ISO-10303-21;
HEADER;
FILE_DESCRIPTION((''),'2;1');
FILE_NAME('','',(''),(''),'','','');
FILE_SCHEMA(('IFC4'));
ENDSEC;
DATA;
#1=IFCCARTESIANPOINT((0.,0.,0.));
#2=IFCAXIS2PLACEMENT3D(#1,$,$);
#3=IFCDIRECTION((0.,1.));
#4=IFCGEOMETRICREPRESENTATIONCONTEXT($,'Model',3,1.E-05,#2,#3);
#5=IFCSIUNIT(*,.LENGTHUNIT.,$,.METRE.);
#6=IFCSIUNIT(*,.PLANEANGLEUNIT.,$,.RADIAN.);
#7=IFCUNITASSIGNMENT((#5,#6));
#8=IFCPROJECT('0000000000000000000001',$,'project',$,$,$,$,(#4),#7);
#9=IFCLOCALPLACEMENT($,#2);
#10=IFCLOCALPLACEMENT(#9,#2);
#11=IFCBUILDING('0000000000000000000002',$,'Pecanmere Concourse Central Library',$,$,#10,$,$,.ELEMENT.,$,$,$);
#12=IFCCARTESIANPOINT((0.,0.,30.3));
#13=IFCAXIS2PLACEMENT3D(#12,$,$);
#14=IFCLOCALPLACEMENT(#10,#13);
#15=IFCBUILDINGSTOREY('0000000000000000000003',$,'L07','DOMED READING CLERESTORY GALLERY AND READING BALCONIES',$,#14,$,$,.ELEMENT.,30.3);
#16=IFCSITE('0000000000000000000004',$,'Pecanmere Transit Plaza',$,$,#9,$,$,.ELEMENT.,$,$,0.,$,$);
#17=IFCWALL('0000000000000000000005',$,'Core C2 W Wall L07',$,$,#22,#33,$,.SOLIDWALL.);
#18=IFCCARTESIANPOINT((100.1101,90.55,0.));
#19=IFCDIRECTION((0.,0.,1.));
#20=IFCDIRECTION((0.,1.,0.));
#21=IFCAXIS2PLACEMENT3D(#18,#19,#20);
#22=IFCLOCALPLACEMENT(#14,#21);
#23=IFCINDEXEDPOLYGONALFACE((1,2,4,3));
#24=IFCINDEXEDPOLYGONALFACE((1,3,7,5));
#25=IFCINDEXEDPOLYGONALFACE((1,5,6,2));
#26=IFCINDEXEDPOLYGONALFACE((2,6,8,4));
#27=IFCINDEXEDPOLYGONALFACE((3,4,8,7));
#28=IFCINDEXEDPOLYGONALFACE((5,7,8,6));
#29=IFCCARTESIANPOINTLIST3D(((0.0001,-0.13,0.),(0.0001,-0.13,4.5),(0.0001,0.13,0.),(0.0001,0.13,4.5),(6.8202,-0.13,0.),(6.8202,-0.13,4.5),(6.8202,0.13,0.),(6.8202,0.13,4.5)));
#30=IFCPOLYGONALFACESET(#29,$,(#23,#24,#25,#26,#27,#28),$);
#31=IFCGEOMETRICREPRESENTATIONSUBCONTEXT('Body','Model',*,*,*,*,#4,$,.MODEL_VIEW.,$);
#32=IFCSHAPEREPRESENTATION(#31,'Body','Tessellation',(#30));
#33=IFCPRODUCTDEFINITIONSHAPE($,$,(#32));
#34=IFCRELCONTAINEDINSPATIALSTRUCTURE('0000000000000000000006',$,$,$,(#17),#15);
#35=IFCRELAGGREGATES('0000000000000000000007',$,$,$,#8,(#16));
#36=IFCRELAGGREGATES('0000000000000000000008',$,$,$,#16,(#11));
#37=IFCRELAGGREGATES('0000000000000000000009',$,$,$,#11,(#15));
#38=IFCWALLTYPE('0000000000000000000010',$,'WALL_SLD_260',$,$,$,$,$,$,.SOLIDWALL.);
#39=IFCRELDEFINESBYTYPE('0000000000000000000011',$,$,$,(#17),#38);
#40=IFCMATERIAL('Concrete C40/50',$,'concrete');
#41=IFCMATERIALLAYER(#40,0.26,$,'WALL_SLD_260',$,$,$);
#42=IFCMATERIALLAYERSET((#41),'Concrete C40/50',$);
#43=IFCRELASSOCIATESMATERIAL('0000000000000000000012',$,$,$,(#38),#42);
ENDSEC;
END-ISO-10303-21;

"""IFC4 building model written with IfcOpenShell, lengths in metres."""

from ifc_helpers import new_model, si_unit, direction, frame, frame_2d, origin, place, context, subcontext, project, spatial, rectangle, extrude, material, layer, layer_set, type_object, element, save


model = new_model("IFC4")

# Units and contexts
model_context = context("Model", 3, precision=1e-05, world=origin(), true_north=direction((0.0, 1.0)))
body_context = subcontext(model_context, "Body", "Model", "MODEL_VIEW")
ifc_project = project(units=[si_unit("LENGTHUNIT", "METRE"), si_unit("PLANEANGLEUNIT", "RADIAN")], contexts=[model_context])

# Site, building, storey
site_placement = place(None, origin())
site = spatial("IfcSite", under=ifc_project, at=site_placement, Name="Pecanmere Transit Plaza", CompositionType="ELEMENT", RefElevation=0.0)
building_placement = place(site_placement, origin())
building = spatial("IfcBuilding", under=site, at=building_placement, Name="Pecanmere Concourse Central Library", CompositionType="ELEMENT")
storey_placement = place(building_placement, frame((0.0, 0.0, 30.3)))
storey = spatial("IfcBuildingStorey", under=building, at=storey_placement, Name="L07", Description="DOMED READING CLERESTORY GALLERY AND READING BALCONIES", CompositionType="ELEMENT", Elevation=30.3)

# Shared definitions
ifc_material_1 = material(Name="Concrete C40/50", Category="concrete")
ifc_layer_1 = layer(ifc_material_1, 0.26, Name="WALL_SLD_260")
ifc_layer_set_1 = layer_set([ifc_layer_1], Name="Concrete C40/50")
wall_type_1 = type_object("IfcWallType", Name="WALL_SLD_260", PredefinedType="SOLIDWALL", material=ifc_layer_set_1)

# Wall
wall_1_placement = place(storey_placement, frame((100.1101, 90.55, 0.0), z_axis=(0.0, 0.0, 1.0), x_axis=(0.0, 1.0, 0.0)))
element("IfcWall", 1, at=wall_1_placement, inside=storey, type_object=wall_type_1, Name="Core C2 W Wall L07", PredefinedType="SOLIDWALL", context=body_context, shape_type="SweptSolid", body=[
    extrude(rectangle(XDim=6.8201, YDim=0.26, at=frame_2d((3.4102, 0.0))), origin(), (0.0, 0.0, 1.0), 4.5),
])

save(model, "model.ifc")
